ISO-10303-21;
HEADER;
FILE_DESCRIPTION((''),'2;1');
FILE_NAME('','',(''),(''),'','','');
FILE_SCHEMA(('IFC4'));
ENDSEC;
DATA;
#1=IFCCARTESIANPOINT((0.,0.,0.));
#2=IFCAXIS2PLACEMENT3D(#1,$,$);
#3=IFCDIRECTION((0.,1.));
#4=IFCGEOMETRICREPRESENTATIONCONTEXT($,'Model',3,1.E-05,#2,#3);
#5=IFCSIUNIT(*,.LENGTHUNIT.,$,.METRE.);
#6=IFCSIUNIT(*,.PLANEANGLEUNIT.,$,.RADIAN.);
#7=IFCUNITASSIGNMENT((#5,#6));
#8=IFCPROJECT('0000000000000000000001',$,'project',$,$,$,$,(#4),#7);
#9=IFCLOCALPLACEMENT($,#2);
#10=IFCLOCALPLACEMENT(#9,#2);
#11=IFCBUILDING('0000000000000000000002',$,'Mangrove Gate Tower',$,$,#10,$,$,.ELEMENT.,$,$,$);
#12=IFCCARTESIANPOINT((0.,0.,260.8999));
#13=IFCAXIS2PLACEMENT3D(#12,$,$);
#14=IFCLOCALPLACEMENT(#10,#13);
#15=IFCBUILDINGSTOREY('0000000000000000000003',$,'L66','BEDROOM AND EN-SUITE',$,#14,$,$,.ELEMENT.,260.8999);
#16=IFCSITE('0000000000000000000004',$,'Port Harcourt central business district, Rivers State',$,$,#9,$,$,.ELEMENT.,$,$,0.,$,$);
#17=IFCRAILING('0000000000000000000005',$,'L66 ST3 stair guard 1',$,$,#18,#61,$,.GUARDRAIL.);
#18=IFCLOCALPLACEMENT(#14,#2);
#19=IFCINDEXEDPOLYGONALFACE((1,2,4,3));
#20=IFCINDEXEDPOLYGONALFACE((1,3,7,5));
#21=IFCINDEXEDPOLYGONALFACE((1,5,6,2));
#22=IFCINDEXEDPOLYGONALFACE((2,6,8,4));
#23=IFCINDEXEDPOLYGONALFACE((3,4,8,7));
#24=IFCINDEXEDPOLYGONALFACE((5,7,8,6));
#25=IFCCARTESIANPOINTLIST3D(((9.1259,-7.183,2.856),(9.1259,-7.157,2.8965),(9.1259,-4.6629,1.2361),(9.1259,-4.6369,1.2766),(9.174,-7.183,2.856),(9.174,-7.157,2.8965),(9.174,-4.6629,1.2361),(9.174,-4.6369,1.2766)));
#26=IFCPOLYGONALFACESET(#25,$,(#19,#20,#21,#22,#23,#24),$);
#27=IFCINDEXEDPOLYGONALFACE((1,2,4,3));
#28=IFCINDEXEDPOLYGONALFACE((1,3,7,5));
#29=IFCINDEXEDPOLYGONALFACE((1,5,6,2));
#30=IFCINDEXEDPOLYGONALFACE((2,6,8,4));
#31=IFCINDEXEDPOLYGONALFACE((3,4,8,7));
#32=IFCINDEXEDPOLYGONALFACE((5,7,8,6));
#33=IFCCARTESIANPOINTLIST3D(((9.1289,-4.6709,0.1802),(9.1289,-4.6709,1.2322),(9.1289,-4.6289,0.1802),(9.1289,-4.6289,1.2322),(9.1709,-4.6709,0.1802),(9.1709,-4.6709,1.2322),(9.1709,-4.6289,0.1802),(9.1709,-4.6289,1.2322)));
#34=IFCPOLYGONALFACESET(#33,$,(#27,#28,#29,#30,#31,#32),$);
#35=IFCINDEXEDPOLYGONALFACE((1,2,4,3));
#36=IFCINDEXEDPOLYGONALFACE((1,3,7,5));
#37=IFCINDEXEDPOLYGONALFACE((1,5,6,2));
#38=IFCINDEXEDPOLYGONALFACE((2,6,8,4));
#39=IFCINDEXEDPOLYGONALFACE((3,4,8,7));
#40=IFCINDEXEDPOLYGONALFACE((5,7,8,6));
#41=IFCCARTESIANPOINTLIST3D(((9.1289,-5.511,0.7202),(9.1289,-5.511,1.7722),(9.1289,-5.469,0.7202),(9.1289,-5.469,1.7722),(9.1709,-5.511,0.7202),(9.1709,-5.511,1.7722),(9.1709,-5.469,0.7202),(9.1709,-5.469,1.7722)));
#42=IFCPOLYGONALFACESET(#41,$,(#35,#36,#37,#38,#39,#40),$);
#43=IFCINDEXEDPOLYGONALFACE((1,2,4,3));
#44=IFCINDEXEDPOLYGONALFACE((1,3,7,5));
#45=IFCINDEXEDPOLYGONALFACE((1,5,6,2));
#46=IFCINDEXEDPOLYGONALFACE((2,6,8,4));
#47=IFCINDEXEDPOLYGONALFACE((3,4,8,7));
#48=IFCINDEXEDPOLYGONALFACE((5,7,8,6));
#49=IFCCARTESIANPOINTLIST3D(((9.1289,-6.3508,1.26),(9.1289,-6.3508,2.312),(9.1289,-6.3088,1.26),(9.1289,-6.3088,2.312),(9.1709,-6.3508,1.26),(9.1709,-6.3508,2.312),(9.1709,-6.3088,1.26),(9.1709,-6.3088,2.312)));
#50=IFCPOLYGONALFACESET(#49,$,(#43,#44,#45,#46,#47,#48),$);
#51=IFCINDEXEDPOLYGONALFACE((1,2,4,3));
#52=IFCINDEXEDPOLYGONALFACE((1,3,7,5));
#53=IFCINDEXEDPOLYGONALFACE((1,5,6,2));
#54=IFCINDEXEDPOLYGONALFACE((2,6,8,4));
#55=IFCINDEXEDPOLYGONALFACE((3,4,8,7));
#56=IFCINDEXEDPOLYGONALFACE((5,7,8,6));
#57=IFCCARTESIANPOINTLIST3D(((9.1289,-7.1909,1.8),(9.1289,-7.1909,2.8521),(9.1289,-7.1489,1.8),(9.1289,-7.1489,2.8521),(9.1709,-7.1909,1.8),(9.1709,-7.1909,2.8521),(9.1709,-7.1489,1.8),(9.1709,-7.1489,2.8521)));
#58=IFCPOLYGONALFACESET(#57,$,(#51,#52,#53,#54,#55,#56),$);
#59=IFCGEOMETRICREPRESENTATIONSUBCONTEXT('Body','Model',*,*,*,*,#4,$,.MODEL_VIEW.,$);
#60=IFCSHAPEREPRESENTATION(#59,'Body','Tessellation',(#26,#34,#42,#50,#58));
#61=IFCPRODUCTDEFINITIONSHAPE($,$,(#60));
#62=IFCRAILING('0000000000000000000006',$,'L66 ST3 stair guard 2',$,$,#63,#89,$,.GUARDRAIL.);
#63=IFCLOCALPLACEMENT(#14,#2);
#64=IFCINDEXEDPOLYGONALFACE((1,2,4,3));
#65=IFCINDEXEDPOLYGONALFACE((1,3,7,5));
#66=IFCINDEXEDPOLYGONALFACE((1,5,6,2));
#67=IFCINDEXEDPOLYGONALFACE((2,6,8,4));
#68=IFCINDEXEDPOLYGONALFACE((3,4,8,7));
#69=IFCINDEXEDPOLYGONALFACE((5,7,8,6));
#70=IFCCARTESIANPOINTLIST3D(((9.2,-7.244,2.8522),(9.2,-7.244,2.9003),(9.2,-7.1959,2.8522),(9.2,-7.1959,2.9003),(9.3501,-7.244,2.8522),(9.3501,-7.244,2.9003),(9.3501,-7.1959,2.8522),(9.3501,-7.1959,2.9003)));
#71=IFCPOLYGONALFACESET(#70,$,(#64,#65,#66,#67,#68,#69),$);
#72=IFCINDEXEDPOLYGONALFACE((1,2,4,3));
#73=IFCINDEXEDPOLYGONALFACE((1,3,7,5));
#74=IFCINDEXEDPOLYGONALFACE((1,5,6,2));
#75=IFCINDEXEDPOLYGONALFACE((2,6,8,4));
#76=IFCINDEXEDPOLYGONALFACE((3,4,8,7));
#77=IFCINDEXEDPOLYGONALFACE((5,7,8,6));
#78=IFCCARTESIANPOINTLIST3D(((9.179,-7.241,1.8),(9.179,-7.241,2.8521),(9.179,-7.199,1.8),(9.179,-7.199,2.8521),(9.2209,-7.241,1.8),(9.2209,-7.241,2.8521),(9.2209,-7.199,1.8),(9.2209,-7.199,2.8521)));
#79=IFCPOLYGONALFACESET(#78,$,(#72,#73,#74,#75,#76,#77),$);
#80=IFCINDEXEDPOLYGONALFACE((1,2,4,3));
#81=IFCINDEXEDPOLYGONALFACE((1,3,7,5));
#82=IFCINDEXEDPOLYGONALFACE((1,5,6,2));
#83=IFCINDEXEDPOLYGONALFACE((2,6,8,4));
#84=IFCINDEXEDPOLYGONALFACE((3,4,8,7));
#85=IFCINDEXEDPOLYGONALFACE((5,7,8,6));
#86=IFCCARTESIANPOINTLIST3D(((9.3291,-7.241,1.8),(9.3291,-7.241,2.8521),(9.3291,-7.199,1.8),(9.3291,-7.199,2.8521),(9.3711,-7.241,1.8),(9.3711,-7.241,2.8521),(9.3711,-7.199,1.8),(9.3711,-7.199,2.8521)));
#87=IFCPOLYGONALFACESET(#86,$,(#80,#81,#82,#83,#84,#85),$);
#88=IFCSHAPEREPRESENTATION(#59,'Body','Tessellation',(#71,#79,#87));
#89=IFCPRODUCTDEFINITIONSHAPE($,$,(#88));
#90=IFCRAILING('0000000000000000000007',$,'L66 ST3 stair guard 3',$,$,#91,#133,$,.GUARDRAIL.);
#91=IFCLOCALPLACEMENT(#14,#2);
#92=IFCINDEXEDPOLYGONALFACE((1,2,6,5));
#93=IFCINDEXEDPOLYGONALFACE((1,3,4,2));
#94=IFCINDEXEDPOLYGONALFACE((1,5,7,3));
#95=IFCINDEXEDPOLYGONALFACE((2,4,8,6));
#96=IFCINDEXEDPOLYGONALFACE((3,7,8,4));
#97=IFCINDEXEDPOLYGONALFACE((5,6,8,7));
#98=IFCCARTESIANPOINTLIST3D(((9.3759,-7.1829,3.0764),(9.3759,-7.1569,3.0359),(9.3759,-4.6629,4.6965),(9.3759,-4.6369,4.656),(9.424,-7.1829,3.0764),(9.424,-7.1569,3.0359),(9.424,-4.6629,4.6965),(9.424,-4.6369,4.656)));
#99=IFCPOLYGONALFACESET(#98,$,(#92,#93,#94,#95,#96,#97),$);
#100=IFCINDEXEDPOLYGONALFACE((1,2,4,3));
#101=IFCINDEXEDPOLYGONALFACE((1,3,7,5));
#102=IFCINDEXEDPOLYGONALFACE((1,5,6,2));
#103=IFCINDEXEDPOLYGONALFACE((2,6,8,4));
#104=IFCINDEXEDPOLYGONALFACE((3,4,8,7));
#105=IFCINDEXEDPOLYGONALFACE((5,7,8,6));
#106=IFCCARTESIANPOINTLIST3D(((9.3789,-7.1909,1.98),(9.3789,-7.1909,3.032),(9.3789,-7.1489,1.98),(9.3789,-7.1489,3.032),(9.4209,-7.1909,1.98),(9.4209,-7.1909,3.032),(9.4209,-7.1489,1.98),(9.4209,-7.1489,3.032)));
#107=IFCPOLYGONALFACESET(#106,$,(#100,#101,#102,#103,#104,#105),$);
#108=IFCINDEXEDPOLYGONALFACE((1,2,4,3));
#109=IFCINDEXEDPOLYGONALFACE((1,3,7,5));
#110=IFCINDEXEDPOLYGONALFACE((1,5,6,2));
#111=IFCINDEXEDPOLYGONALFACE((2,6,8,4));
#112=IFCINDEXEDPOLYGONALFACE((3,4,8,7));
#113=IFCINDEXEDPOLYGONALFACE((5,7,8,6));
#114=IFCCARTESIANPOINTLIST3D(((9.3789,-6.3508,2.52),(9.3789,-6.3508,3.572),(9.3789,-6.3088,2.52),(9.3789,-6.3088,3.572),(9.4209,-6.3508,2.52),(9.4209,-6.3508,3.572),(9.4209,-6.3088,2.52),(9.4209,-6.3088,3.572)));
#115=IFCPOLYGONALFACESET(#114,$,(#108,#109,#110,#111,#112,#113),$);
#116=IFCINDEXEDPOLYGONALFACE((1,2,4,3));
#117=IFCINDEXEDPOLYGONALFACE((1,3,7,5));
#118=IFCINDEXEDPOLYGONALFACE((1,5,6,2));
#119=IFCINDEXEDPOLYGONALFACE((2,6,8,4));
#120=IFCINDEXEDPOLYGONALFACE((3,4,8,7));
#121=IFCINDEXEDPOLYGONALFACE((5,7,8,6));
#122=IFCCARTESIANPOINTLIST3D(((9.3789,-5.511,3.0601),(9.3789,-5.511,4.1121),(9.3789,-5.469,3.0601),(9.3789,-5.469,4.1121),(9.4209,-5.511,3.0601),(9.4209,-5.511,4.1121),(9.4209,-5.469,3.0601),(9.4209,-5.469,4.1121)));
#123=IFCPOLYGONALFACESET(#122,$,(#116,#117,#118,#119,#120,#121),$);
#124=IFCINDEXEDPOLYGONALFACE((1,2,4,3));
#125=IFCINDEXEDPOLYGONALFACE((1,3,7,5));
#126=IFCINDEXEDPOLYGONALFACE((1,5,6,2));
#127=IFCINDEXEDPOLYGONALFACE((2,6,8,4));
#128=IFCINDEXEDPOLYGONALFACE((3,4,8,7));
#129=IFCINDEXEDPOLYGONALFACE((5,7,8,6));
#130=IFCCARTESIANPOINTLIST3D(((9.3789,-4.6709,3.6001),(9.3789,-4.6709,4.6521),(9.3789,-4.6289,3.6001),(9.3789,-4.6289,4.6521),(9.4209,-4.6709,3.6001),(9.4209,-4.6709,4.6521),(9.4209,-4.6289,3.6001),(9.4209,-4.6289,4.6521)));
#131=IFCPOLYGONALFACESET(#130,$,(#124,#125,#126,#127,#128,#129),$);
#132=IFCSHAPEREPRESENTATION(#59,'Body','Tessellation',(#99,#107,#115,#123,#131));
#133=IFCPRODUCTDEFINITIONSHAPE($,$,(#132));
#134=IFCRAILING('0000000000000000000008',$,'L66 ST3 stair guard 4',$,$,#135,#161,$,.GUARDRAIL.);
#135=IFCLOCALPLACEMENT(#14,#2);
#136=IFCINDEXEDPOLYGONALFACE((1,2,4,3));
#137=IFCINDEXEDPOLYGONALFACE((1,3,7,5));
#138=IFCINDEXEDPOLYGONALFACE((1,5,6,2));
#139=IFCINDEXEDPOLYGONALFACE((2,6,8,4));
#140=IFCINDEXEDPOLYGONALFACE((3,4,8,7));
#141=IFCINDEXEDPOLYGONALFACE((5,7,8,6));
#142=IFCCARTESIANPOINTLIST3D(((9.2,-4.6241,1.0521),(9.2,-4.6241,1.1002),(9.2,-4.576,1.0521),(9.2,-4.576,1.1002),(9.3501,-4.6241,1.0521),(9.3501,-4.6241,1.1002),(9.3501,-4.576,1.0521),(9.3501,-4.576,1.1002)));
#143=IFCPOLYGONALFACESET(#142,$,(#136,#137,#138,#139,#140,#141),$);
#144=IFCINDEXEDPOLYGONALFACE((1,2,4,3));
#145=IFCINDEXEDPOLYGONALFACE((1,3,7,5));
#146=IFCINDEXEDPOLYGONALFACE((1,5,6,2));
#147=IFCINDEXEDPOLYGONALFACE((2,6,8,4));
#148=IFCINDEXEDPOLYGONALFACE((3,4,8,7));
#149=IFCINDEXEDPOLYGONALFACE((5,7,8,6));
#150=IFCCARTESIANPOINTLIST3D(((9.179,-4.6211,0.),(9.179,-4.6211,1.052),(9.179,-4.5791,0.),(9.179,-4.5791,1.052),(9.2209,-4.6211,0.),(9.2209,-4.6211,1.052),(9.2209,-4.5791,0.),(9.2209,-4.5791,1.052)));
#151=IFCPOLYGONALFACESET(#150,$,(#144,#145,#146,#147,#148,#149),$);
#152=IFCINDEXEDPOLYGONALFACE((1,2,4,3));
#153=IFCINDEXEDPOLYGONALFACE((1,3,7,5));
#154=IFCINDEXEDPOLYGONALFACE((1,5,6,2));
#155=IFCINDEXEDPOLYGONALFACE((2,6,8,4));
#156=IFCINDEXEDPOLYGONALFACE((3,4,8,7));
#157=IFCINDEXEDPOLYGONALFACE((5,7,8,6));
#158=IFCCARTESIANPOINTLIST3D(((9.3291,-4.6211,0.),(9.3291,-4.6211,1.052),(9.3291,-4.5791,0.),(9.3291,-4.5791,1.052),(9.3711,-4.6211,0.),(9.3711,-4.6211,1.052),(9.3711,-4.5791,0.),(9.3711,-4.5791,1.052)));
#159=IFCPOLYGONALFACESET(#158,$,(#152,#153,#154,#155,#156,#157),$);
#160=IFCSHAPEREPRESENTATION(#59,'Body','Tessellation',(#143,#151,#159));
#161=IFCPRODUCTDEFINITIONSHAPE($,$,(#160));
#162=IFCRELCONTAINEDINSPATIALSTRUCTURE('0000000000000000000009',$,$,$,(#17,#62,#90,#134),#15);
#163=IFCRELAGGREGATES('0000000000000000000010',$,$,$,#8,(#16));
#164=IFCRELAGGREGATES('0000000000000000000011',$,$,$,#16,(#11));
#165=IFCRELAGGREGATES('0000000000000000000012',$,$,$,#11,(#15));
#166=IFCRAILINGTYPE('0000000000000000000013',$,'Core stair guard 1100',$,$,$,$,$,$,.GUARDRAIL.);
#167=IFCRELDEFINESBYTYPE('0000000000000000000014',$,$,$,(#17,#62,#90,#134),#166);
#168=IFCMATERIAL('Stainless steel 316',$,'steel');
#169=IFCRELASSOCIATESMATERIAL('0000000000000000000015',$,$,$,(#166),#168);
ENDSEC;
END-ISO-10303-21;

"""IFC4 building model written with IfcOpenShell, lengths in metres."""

from ifc_helpers import new_model, si_unit, direction, frame, origin, origin_2d, place, context, subcontext, project, spatial, rectangle, extrude, material, type_object, element, save


model = new_model("IFC4")

# Units and contexts
model_context = context("Model", 3, precision=1e-05, world=origin(), true_north=direction((0.0, 1.0)))
body_context = subcontext(model_context, "Body", "Model", "MODEL_VIEW")
ifc_project = project(units=[si_unit("LENGTHUNIT", "METRE"), si_unit("PLANEANGLEUNIT", "RADIAN")], contexts=[model_context])

# Site, building, storey
site_placement = place(None, origin())
site = spatial("IfcSite", under=ifc_project, at=site_placement, Name="Port Harcourt central business district, Rivers State", CompositionType="ELEMENT", RefElevation=0.0)
building_placement = place(site_placement, origin())
building = spatial("IfcBuilding", under=site, at=building_placement, Name="Mangrove Gate Tower", CompositionType="ELEMENT")
storey_placement = place(building_placement, frame((0.0, 0.0, 260.8999)))
storey = spatial("IfcBuildingStorey", under=building, at=storey_placement, Name="L66", Description="BEDROOM AND EN-SUITE", CompositionType="ELEMENT", Elevation=260.8999)

# Railings
ifc_material_1 = material(Name="Stainless steel 316", Category="steel")
railing_type_1 = type_object("IfcRailingType", Name="Core stair guard 1100", PredefinedType="GUARDRAIL", material=ifc_material_1)
railing_1_placement = place(storey_placement, frame((9.1499, -4.6499, 0.1802)))
element("IfcRailing", 1, at=railing_1_placement, inside=storey, type_object=railing_type_1, Name="L66 ST3 stair guard 1", PredefinedType="GUARDRAIL", context=body_context, shape_type="SweptSolid", body=[
    extrude(rectangle(XDim=0.0481, YDim=0.0481, at=origin_2d()), frame((0.0, 0.0, 1.0762), z_axis=(0.0, -0.8412, 0.540725), x_axis=(1.0, 0.0, 0.0)), (0.0, 0.0, 1.0), 2.9958),
    extrude(rectangle(XDim=0.042, YDim=0.042, at=origin_2d()), origin(), (0.0, 0.0, 1.0), 1.052),
    extrude(rectangle(XDim=0.042, YDim=0.042, at=origin_2d()), frame((0.0, -0.8401, 0.54)), (0.0, 0.0, 1.0), 1.052),
    extrude(rectangle(XDim=0.042, YDim=0.042, at=origin_2d()), frame((0.0, -1.6799, 1.0798)), (0.0, 0.0, 1.0), 1.052),
    extrude(rectangle(XDim=0.042, YDim=0.042, at=origin_2d()), frame((0.0, -2.52, 1.6199)), (0.0, 0.0, 1.0), 1.052),
])
railing_2_placement = place(storey_placement, frame((9.2, -7.22, 1.8)))
element("IfcRailing", 2, at=railing_2_placement, inside=storey, type_object=railing_type_1, Name="L66 ST3 stair guard 2", PredefinedType="GUARDRAIL", context=body_context, shape_type="SweptSolid", body=[
    extrude(rectangle(XDim=0.0481, YDim=0.0481, at=origin_2d()), frame((0.0, 0.0, 1.0762), z_axis=(1.0, 0.0, 0.0), x_axis=(0.0, 1.0, 0.0)), (0.0, 0.0, 1.0), 0.1501),
    extrude(rectangle(XDim=0.042, YDim=0.042, at=origin_2d()), origin(), (0.0, 0.0, 1.0), 1.052),
    extrude(rectangle(XDim=0.042, YDim=0.042, at=origin_2d()), frame((0.1501, 0.0, 0.0)), (0.0, 0.0, 1.0), 1.052),
])
railing_3_placement = place(storey_placement, frame((9.3999, -7.1699, 1.98)))
element("IfcRailing", 3, at=railing_3_placement, inside=storey, type_object=railing_type_1, Name="L66 ST3 stair guard 3", PredefinedType="GUARDRAIL", context=body_context, shape_type="SweptSolid", body=[
    extrude(rectangle(XDim=0.0481, YDim=0.0481, at=origin_2d()), frame((0.0, 0.0, 1.0762), z_axis=(0.0, 0.841163, 0.540782), x_axis=(-1.0, 0.0, 0.0)), (0.0, 0.0, 1.0), 2.9958),
    extrude(rectangle(XDim=0.042, YDim=0.042, at=origin_2d()), origin(), (0.0, 0.0, 1.0), 1.052),
    extrude(rectangle(XDim=0.042, YDim=0.042, at=origin_2d()), frame((0.0, 0.8401, 0.54)), (0.0, 0.0, 1.0), 1.052),
    extrude(rectangle(XDim=0.042, YDim=0.042, at=origin_2d()), frame((0.0, 1.6799, 1.0801)), (0.0, 0.0, 1.0), 1.052),
    extrude(rectangle(XDim=0.042, YDim=0.042, at=origin_2d()), frame((0.0, 2.52, 1.6201)), (0.0, 0.0, 1.0), 1.052),
])
railing_4_placement = place(storey_placement, frame((9.2, -4.6001, 0.0)))
element("IfcRailing", 4, at=railing_4_placement, inside=storey, type_object=railing_type_1, Name="L66 ST3 stair guard 4", PredefinedType="GUARDRAIL", context=body_context, shape_type="SweptSolid", body=[
    extrude(rectangle(XDim=0.0481, YDim=0.0481, at=origin_2d()), frame((0.0, 0.0, 1.0762), z_axis=(1.0, 0.0, 0.0), x_axis=(0.0, 1.0, 0.0)), (0.0, 0.0, 1.0), 0.1501),
    extrude(rectangle(XDim=0.042, YDim=0.042, at=origin_2d()), origin(), (0.0, 0.0, 1.0), 1.052),
    extrude(rectangle(XDim=0.042, YDim=0.042, at=origin_2d()), frame((0.1501, 0.0, 0.0)), (0.0, 0.0, 1.0), 1.052),
])

save(model, "model.ifc")
